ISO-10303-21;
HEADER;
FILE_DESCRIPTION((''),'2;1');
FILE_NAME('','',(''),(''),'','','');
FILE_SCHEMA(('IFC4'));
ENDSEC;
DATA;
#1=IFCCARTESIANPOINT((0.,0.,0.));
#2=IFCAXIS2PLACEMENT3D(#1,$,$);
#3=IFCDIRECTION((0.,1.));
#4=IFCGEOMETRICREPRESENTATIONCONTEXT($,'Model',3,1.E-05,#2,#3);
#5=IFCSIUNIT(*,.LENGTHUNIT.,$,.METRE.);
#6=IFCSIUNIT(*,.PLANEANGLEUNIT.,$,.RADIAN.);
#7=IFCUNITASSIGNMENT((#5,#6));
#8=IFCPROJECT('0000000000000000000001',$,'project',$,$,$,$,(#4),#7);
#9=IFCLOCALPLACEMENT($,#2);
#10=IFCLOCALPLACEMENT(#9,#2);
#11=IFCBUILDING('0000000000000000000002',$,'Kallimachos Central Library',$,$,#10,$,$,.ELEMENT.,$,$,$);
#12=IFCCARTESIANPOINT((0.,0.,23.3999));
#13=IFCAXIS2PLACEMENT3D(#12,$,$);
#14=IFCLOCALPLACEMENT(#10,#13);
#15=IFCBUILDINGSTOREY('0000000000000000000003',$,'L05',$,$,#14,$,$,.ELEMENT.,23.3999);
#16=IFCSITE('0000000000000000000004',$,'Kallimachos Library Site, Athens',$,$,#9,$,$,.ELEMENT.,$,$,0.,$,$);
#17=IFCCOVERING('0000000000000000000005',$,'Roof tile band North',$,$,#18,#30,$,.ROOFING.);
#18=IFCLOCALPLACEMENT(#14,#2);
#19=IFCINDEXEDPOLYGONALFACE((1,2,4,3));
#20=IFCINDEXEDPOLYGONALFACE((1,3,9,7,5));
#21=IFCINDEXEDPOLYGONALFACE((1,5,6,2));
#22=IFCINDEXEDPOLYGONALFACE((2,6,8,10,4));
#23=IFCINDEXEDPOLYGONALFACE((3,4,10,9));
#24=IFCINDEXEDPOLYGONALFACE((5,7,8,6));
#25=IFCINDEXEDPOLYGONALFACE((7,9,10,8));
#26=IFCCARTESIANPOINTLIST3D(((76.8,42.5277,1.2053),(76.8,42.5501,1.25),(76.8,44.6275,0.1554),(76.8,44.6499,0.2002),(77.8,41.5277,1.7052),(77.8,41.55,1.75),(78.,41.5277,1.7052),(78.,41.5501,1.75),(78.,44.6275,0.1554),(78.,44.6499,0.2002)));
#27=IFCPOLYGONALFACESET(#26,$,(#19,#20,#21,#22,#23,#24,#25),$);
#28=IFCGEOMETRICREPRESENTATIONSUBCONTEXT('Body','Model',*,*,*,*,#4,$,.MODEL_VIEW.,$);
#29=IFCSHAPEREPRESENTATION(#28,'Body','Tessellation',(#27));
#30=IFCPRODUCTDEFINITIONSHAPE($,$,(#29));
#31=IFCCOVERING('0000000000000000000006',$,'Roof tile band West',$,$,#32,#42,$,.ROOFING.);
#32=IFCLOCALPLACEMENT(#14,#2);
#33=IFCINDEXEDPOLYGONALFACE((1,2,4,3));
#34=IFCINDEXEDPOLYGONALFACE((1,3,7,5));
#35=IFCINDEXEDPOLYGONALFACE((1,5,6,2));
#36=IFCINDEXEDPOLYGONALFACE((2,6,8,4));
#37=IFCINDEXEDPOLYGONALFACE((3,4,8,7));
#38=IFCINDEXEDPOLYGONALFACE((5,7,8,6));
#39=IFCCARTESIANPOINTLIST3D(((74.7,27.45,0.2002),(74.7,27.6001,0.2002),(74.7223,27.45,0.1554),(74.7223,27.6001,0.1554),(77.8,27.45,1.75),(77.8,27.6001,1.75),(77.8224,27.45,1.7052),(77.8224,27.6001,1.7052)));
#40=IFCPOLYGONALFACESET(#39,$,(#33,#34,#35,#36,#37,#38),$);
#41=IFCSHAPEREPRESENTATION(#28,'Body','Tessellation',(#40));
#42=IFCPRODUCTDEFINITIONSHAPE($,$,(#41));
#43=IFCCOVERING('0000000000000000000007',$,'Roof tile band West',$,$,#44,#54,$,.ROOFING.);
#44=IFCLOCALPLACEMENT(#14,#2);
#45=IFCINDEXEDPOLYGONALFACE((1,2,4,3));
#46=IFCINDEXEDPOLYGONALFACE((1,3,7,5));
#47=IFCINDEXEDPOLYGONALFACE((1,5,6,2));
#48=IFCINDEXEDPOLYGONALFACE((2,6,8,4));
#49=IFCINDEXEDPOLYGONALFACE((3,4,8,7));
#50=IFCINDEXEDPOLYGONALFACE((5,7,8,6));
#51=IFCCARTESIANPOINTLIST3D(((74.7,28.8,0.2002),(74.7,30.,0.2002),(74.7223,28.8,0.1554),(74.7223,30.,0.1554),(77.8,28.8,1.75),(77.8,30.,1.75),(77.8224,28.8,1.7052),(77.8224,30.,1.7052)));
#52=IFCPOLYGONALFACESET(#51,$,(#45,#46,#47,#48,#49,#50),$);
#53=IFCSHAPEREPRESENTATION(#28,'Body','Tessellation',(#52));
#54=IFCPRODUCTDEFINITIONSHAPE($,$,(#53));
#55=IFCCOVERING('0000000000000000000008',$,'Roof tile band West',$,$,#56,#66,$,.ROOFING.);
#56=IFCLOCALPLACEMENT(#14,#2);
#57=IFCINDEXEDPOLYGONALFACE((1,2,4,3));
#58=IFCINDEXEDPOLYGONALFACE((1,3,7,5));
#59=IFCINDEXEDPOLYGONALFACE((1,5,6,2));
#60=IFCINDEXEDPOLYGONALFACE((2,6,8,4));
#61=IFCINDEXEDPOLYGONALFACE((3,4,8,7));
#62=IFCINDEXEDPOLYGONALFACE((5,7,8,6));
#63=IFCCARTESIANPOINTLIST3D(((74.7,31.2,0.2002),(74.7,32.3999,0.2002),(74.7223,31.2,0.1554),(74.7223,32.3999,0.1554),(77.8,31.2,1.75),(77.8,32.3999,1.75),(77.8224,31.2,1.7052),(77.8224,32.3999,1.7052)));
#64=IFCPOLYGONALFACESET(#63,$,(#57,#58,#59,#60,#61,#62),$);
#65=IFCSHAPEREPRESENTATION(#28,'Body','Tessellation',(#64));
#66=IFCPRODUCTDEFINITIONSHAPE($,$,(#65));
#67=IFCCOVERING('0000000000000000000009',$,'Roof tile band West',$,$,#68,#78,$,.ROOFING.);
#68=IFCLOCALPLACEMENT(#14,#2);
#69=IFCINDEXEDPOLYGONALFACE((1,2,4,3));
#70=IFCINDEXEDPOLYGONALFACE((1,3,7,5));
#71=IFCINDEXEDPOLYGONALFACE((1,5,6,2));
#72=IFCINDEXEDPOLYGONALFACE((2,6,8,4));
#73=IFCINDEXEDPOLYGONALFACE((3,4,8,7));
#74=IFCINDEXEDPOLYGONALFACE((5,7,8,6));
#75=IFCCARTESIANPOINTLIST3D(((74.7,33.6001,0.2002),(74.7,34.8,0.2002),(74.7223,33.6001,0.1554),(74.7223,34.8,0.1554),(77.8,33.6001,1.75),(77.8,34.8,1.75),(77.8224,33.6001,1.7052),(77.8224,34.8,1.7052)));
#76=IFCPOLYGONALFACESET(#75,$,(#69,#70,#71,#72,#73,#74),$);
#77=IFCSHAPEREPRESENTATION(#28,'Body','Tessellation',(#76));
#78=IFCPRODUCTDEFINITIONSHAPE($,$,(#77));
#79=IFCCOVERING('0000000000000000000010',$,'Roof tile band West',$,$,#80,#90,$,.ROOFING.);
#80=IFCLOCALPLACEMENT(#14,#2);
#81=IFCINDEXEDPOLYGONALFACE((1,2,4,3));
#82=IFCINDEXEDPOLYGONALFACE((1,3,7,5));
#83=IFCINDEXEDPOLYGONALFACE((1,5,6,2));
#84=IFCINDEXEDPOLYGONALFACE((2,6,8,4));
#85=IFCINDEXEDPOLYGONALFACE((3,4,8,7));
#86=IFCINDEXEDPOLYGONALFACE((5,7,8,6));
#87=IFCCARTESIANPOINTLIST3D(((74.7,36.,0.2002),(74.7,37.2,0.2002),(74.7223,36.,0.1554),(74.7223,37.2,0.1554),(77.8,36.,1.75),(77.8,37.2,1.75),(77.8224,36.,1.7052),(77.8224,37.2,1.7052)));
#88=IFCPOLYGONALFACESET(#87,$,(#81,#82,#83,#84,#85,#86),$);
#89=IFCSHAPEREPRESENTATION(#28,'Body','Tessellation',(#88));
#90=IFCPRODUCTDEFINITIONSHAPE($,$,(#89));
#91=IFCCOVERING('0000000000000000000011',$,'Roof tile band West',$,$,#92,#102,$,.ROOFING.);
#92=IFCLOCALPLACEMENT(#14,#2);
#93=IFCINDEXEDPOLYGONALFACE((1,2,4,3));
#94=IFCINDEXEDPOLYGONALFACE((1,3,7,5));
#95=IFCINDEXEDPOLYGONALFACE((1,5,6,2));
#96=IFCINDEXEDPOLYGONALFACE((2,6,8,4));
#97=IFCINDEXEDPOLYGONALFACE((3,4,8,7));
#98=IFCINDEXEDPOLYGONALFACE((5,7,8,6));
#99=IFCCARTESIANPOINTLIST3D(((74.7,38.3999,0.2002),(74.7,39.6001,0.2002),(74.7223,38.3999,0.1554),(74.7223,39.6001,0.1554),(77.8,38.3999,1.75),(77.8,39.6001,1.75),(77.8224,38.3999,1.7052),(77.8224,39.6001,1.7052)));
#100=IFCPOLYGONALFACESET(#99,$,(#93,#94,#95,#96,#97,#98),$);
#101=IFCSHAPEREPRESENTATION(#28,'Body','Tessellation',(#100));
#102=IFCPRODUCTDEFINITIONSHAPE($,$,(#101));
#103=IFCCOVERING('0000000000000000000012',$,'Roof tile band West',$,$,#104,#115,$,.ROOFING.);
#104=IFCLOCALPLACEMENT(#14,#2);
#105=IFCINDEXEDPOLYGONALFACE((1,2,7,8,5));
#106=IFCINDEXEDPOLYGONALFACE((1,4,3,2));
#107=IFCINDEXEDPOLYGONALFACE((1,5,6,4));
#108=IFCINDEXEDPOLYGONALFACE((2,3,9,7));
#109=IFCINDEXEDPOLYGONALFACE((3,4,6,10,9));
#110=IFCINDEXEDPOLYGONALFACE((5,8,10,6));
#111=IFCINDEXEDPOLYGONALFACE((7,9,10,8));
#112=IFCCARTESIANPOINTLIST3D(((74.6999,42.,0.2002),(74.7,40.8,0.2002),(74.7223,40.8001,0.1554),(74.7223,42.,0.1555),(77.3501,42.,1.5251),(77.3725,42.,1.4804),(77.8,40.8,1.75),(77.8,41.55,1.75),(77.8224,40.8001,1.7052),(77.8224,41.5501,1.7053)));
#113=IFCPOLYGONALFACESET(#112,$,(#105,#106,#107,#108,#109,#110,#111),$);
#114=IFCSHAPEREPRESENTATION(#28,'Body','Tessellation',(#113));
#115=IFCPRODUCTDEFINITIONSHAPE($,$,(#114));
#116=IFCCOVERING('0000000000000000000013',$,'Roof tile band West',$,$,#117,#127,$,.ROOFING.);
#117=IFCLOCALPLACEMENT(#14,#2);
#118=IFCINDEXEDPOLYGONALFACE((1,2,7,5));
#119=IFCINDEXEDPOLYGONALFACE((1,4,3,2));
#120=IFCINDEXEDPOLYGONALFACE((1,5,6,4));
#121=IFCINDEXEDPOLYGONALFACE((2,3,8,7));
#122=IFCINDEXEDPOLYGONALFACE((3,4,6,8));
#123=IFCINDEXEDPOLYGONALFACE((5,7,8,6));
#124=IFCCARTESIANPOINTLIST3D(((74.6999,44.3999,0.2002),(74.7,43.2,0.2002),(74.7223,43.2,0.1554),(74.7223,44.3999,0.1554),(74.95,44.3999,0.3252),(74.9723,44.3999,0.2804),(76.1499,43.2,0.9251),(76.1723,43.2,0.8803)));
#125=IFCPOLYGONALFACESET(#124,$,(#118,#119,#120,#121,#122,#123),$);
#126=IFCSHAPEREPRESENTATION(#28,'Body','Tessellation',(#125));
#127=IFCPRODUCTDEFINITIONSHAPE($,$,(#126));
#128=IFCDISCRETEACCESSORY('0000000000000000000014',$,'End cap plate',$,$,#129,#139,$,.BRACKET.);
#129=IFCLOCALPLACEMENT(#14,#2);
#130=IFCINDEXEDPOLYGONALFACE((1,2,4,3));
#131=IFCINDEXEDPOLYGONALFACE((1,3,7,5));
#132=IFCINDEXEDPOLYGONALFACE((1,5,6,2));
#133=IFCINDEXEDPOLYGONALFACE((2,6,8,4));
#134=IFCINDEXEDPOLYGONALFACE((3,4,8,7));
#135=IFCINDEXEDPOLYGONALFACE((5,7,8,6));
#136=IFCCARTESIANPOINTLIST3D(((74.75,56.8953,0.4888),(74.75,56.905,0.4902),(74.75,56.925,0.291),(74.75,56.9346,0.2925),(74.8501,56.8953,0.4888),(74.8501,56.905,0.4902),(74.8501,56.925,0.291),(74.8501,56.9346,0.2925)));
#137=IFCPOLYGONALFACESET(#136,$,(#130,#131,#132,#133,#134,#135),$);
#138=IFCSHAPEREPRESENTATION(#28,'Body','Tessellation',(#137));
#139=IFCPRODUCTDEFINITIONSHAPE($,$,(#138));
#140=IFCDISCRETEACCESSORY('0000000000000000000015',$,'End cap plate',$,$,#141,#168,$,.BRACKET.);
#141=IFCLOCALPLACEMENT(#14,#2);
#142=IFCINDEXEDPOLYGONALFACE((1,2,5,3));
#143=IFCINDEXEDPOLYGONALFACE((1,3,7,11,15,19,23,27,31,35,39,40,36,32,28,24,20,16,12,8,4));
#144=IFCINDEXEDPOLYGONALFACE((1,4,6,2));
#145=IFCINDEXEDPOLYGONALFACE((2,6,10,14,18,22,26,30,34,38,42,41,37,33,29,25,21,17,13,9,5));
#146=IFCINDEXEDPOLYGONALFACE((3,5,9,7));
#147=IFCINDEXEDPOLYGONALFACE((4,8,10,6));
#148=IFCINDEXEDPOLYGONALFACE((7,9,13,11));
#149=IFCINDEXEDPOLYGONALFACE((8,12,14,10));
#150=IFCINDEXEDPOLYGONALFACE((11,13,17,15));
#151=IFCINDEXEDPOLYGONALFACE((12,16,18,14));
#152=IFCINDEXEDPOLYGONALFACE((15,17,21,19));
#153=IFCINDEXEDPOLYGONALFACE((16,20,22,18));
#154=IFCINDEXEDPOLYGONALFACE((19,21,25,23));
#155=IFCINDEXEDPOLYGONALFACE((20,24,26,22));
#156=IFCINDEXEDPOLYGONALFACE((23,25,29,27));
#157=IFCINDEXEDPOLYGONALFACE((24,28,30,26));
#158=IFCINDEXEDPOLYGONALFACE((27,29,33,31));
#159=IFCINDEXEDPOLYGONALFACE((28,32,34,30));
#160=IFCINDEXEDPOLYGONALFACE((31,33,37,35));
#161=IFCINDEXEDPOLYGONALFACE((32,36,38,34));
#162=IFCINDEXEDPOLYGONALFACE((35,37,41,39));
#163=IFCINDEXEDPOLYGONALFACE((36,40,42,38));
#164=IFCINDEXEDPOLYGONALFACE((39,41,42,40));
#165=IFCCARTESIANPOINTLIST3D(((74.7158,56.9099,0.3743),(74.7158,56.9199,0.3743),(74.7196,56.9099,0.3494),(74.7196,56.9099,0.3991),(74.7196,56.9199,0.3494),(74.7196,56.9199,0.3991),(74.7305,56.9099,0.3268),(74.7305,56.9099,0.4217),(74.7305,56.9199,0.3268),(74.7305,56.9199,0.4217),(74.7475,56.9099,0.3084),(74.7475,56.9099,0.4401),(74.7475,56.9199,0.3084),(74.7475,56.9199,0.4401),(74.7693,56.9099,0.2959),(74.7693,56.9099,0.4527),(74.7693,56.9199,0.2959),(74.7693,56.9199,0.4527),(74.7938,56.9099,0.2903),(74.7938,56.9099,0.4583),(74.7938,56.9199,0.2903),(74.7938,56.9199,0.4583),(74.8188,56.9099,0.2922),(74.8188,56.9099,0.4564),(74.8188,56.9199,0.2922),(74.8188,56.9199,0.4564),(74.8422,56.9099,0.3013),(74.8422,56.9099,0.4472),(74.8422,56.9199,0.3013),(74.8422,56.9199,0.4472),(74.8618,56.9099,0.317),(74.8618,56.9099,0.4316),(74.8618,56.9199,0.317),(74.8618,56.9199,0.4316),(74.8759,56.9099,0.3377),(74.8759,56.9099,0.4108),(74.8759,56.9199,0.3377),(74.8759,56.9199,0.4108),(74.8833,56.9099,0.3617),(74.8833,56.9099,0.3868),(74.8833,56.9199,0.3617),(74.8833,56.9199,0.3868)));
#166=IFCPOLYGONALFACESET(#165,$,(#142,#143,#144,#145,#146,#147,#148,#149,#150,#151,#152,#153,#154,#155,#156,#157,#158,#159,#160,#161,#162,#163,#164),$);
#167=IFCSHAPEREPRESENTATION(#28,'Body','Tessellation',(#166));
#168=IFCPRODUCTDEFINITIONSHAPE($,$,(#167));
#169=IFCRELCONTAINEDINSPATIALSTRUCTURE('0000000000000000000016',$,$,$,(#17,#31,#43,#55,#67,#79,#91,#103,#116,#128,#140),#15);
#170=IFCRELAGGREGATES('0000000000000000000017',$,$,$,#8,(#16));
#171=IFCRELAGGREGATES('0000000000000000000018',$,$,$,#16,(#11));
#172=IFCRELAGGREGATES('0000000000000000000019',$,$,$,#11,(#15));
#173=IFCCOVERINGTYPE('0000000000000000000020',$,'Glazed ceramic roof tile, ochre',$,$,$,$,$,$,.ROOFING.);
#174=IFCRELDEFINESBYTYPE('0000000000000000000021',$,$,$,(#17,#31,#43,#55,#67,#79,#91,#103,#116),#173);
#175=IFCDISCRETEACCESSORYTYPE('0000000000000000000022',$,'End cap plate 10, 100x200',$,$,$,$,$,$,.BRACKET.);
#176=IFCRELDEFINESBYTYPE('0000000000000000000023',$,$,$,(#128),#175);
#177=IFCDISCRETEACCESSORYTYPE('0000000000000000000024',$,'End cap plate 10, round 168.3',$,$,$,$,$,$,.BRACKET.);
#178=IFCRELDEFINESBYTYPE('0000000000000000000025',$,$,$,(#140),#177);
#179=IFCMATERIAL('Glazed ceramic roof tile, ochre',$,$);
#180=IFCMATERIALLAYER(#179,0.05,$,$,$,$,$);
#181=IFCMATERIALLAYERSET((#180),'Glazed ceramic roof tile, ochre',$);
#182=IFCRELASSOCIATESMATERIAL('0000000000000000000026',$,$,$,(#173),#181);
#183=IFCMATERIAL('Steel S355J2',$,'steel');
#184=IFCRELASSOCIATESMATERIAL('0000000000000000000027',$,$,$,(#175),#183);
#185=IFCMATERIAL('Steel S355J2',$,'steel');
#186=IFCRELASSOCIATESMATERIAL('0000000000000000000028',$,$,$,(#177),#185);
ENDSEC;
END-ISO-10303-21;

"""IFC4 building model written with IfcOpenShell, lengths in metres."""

from ifc_helpers import new_model, si_unit, direction, frame, origin, origin_2d, place, context, subcontext, project, spatial, polyline, rectangle, circle, outline, extrude, material, layer, layer_set, material_profile, profile_set, type_object, element, save


model = new_model("IFC4")

# Units and contexts
model_context = context("Model", 3, precision=1e-05, world=origin(), true_north=direction((0.0, 1.0)))
body_context = subcontext(model_context, "Body", "Model", "MODEL_VIEW")
ifc_project = project(units=[si_unit("LENGTHUNIT", "METRE"), si_unit("PLANEANGLEUNIT", "RADIAN")], contexts=[model_context])

# Site, building, storey
site_placement = place(None, origin())
site = spatial("IfcSite", under=ifc_project, at=site_placement, Name="Kallimachos Library Site, Athens", CompositionType="ELEMENT", RefElevation=0.0)
building_placement = place(site_placement, origin())
building = spatial("IfcBuilding", under=site, at=building_placement, Name="Kallimachos Central Library", CompositionType="ELEMENT")
storey_placement = place(building_placement, frame((0.0, 0.0, 23.3999)))
storey = spatial("IfcBuildingStorey", under=building, at=storey_placement, Name="L05", CompositionType="ELEMENT", Elevation=23.3999)

# Coverings
ifc_material_1 = material(Name="Glazed ceramic roof tile, ochre")
ifc_layer_1 = layer(ifc_material_1, 0.05)
ifc_layer_set_1 = layer_set([ifc_layer_1], Name="Glazed ceramic roof tile, ochre")
covering_type_1 = type_object("IfcCoveringType", Name="Glazed ceramic roof tile, ochre", PredefinedType="ROOFING", material=ifc_layer_set_1)
covering_1_placement = place(storey_placement, frame((76.8, 44.6499, 0.2002), z_axis=(-0.000017, 0.447181, 0.894443), x_axis=(0.0, -0.894443, 0.447181)))
element("IfcCovering", 1, at=covering_1_placement, inside=storey, type_object=covering_type_1, Name="Roof tile band North", PredefinedType="ROOFING", context=body_context, shape_type="SweptSolid", body=[
    extrude(outline(polyline([(0.0, 0.0), (2.3477, 0.0), (3.4657, 1.0), (3.4657, 1.2), (0.0, 1.2), (0.0, 0.0)])), origin(), (0.0, 0.0, -1.0), 0.05),
])
covering_2_placement = place(storey_placement, frame((74.7, 27.45, 0.2002), z_axis=(-0.447157, 0.0, 0.894455), x_axis=(0.894455, 0.0, 0.447157)))
element("IfcCovering", 2, at=covering_2_placement, inside=storey, type_object=covering_type_1, Name="Roof tile band West", PredefinedType="ROOFING", context=body_context, shape_type="SweptSolid", body=[
    extrude(outline(polyline([(0.0, 0.0), (3.4659, 0.0), (3.4659, 0.1501), (0.0, 0.1501), (0.0, 0.0)])), origin(), (0.0, 0.0, -1.0), 0.05),
])
for number, where, z_axis, x_axis, name in (
    (3, (74.7, 28.8, 0.2002), (-0.447157, 0.0, 0.894455), (0.894455, 0.0, 0.447157), "Roof tile band West"),
    (4, (74.7, 31.2, 0.2002), (-0.447157, 0.0, 0.894455), (0.894455, 0.0, 0.447157), "Roof tile band West"),
    (5, (74.7, 33.6001, 0.2002), (-0.447157, 0.0, 0.894455), (0.894455, 0.0, 0.447157), "Roof tile band West"),
    (6, (74.7, 36.0, 0.2002), (-0.447157, 0.0, 0.894455), (0.894455, 0.0, 0.447157), "Roof tile band West"),
):
    element("IfcCovering", number, at=place(storey_placement, frame(where, z_axis=z_axis, x_axis=x_axis)), inside=storey, type_object=covering_type_1, Name=name, PredefinedType="ROOFING", context=body_context, shape_type="SweptSolid", body=[
        extrude(outline(polyline([(0.0, 0.0), (3.4659, 0.0), (3.4659, 1.2), (0.0, 1.2), (0.0, 0.0)])), origin(), (0.0, 0.0, -1.0), 0.05),
    ])
covering_3_placement = place(storey_placement, frame((74.7, 38.3999, 0.2002), z_axis=(-0.447157, 0.0, 0.894455), x_axis=(0.894455, 0.0, 0.447157)))
element("IfcCovering", 7, at=covering_3_placement, inside=storey, type_object=covering_type_1, Name="Roof tile band West", PredefinedType="ROOFING", context=body_context, shape_type="SweptSolid", body=[
    extrude(outline(polyline([(0.0, 0.0), (3.4659, 0.0), (3.4659, 1.2002), (0.0, 1.2002), (0.0, 0.0)])), origin(), (0.0, 0.0, -1.0), 0.05),
])
covering_4_placement = place(storey_placement, frame((74.7, 40.8, 0.2002), z_axis=(-0.447161, -0.000033, 0.894453), x_axis=(0.894453, 0.0, 0.447161)))
element("IfcCovering", 8, at=covering_4_placement, inside=storey, type_object=covering_type_1, Name="Roof tile band West", PredefinedType="ROOFING", context=body_context, shape_type="SweptSolid", body=[
    extrude(outline(polyline([(0.0, 0.0), (3.4659, 0.0), (3.4659, 0.75), (2.9629, 1.2), (0.0, 1.2), (0.0, 0.0)])), origin(), (0.0, 0.0, -1.0), 0.05),
])
covering_5_placement = place(storey_placement, frame((74.7, 43.2, 0.2002), z_axis=(-0.447162, -0.000013, 0.894453), x_axis=(0.894453, 0.0, 0.447162)))
element("IfcCovering", 9, at=covering_5_placement, inside=storey, type_object=covering_type_1, Name="Roof tile band West", PredefinedType="ROOFING", context=body_context, shape_type="SweptSolid", body=[
    extrude(outline(polyline([(0.0, 0.0), (1.621, 0.0), (0.2795, 1.2), (0.0, 1.2), (0.0, 0.0)])), origin(), (0.0, 0.0, -1.0), 0.05),
])

# Discrete accessories
ifc_material_2 = material(Name="Steel S355J2", Category="steel")
ifc_material_profile_1 = material_profile(ifc_material_2, rectangle(XDim=0.1001, YDim=0.2, at=origin_2d()), Name="End cap plate 10, 100x200")
ifc_profile_set_1 = profile_set([ifc_material_profile_1], Name="Steel S355J2")
discrete_accessory_type_1 = type_object("IfcDiscreteAccessoryType", Name="End cap plate 10, 100x200", PredefinedType="BRACKET", material=ifc_profile_set_1)
discrete_accessory_1_placement = place(storey_placement, frame((74.8, 56.9102, 0.3899), z_axis=(0.0, 0.988936, 0.14834), x_axis=(-1.0, 0.0, 0.0)))
element("IfcDiscreteAccessory", 10, at=discrete_accessory_1_placement, inside=storey, type_object=discrete_accessory_type_1, Name="End cap plate", PredefinedType="BRACKET", context=body_context, shape_type="SweptSolid", body=[
    extrude(rectangle(XDim=0.1001, YDim=0.2, at=origin_2d()), origin(), (0.0, 0.0, 1.0), 0.0098),
])
ifc_material_3 = material(Name="Steel S355J2", Category="steel")
ifc_material_profile_2 = material_profile(ifc_material_3, circle(Radius=0.0842, at=origin_2d()), Name="End cap plate 10, round 168.3")
ifc_profile_set_2 = profile_set([ifc_material_profile_2], Name="Steel S355J2")
discrete_accessory_type_2 = type_object("IfcDiscreteAccessoryType", Name="End cap plate 10, round 168.3", PredefinedType="BRACKET", material=ifc_profile_set_2)
discrete_accessory_2_placement = place(storey_placement, frame((74.8, 56.9099, 0.3743), z_axis=(0.0, 1.0, 0.0), x_axis=(-1.0, 0.0, 0.0)))
element("IfcDiscreteAccessory", 11, at=discrete_accessory_2_placement, inside=storey, type_object=discrete_accessory_type_2, Name="End cap plate", PredefinedType="BRACKET", context=body_context, shape_type="SweptSolid", body=[
    extrude(circle(Radius=0.0842, at=origin_2d()), origin(), (0.0, 0.0, 1.0), 0.01),
])

save(model, "model.ifc")
